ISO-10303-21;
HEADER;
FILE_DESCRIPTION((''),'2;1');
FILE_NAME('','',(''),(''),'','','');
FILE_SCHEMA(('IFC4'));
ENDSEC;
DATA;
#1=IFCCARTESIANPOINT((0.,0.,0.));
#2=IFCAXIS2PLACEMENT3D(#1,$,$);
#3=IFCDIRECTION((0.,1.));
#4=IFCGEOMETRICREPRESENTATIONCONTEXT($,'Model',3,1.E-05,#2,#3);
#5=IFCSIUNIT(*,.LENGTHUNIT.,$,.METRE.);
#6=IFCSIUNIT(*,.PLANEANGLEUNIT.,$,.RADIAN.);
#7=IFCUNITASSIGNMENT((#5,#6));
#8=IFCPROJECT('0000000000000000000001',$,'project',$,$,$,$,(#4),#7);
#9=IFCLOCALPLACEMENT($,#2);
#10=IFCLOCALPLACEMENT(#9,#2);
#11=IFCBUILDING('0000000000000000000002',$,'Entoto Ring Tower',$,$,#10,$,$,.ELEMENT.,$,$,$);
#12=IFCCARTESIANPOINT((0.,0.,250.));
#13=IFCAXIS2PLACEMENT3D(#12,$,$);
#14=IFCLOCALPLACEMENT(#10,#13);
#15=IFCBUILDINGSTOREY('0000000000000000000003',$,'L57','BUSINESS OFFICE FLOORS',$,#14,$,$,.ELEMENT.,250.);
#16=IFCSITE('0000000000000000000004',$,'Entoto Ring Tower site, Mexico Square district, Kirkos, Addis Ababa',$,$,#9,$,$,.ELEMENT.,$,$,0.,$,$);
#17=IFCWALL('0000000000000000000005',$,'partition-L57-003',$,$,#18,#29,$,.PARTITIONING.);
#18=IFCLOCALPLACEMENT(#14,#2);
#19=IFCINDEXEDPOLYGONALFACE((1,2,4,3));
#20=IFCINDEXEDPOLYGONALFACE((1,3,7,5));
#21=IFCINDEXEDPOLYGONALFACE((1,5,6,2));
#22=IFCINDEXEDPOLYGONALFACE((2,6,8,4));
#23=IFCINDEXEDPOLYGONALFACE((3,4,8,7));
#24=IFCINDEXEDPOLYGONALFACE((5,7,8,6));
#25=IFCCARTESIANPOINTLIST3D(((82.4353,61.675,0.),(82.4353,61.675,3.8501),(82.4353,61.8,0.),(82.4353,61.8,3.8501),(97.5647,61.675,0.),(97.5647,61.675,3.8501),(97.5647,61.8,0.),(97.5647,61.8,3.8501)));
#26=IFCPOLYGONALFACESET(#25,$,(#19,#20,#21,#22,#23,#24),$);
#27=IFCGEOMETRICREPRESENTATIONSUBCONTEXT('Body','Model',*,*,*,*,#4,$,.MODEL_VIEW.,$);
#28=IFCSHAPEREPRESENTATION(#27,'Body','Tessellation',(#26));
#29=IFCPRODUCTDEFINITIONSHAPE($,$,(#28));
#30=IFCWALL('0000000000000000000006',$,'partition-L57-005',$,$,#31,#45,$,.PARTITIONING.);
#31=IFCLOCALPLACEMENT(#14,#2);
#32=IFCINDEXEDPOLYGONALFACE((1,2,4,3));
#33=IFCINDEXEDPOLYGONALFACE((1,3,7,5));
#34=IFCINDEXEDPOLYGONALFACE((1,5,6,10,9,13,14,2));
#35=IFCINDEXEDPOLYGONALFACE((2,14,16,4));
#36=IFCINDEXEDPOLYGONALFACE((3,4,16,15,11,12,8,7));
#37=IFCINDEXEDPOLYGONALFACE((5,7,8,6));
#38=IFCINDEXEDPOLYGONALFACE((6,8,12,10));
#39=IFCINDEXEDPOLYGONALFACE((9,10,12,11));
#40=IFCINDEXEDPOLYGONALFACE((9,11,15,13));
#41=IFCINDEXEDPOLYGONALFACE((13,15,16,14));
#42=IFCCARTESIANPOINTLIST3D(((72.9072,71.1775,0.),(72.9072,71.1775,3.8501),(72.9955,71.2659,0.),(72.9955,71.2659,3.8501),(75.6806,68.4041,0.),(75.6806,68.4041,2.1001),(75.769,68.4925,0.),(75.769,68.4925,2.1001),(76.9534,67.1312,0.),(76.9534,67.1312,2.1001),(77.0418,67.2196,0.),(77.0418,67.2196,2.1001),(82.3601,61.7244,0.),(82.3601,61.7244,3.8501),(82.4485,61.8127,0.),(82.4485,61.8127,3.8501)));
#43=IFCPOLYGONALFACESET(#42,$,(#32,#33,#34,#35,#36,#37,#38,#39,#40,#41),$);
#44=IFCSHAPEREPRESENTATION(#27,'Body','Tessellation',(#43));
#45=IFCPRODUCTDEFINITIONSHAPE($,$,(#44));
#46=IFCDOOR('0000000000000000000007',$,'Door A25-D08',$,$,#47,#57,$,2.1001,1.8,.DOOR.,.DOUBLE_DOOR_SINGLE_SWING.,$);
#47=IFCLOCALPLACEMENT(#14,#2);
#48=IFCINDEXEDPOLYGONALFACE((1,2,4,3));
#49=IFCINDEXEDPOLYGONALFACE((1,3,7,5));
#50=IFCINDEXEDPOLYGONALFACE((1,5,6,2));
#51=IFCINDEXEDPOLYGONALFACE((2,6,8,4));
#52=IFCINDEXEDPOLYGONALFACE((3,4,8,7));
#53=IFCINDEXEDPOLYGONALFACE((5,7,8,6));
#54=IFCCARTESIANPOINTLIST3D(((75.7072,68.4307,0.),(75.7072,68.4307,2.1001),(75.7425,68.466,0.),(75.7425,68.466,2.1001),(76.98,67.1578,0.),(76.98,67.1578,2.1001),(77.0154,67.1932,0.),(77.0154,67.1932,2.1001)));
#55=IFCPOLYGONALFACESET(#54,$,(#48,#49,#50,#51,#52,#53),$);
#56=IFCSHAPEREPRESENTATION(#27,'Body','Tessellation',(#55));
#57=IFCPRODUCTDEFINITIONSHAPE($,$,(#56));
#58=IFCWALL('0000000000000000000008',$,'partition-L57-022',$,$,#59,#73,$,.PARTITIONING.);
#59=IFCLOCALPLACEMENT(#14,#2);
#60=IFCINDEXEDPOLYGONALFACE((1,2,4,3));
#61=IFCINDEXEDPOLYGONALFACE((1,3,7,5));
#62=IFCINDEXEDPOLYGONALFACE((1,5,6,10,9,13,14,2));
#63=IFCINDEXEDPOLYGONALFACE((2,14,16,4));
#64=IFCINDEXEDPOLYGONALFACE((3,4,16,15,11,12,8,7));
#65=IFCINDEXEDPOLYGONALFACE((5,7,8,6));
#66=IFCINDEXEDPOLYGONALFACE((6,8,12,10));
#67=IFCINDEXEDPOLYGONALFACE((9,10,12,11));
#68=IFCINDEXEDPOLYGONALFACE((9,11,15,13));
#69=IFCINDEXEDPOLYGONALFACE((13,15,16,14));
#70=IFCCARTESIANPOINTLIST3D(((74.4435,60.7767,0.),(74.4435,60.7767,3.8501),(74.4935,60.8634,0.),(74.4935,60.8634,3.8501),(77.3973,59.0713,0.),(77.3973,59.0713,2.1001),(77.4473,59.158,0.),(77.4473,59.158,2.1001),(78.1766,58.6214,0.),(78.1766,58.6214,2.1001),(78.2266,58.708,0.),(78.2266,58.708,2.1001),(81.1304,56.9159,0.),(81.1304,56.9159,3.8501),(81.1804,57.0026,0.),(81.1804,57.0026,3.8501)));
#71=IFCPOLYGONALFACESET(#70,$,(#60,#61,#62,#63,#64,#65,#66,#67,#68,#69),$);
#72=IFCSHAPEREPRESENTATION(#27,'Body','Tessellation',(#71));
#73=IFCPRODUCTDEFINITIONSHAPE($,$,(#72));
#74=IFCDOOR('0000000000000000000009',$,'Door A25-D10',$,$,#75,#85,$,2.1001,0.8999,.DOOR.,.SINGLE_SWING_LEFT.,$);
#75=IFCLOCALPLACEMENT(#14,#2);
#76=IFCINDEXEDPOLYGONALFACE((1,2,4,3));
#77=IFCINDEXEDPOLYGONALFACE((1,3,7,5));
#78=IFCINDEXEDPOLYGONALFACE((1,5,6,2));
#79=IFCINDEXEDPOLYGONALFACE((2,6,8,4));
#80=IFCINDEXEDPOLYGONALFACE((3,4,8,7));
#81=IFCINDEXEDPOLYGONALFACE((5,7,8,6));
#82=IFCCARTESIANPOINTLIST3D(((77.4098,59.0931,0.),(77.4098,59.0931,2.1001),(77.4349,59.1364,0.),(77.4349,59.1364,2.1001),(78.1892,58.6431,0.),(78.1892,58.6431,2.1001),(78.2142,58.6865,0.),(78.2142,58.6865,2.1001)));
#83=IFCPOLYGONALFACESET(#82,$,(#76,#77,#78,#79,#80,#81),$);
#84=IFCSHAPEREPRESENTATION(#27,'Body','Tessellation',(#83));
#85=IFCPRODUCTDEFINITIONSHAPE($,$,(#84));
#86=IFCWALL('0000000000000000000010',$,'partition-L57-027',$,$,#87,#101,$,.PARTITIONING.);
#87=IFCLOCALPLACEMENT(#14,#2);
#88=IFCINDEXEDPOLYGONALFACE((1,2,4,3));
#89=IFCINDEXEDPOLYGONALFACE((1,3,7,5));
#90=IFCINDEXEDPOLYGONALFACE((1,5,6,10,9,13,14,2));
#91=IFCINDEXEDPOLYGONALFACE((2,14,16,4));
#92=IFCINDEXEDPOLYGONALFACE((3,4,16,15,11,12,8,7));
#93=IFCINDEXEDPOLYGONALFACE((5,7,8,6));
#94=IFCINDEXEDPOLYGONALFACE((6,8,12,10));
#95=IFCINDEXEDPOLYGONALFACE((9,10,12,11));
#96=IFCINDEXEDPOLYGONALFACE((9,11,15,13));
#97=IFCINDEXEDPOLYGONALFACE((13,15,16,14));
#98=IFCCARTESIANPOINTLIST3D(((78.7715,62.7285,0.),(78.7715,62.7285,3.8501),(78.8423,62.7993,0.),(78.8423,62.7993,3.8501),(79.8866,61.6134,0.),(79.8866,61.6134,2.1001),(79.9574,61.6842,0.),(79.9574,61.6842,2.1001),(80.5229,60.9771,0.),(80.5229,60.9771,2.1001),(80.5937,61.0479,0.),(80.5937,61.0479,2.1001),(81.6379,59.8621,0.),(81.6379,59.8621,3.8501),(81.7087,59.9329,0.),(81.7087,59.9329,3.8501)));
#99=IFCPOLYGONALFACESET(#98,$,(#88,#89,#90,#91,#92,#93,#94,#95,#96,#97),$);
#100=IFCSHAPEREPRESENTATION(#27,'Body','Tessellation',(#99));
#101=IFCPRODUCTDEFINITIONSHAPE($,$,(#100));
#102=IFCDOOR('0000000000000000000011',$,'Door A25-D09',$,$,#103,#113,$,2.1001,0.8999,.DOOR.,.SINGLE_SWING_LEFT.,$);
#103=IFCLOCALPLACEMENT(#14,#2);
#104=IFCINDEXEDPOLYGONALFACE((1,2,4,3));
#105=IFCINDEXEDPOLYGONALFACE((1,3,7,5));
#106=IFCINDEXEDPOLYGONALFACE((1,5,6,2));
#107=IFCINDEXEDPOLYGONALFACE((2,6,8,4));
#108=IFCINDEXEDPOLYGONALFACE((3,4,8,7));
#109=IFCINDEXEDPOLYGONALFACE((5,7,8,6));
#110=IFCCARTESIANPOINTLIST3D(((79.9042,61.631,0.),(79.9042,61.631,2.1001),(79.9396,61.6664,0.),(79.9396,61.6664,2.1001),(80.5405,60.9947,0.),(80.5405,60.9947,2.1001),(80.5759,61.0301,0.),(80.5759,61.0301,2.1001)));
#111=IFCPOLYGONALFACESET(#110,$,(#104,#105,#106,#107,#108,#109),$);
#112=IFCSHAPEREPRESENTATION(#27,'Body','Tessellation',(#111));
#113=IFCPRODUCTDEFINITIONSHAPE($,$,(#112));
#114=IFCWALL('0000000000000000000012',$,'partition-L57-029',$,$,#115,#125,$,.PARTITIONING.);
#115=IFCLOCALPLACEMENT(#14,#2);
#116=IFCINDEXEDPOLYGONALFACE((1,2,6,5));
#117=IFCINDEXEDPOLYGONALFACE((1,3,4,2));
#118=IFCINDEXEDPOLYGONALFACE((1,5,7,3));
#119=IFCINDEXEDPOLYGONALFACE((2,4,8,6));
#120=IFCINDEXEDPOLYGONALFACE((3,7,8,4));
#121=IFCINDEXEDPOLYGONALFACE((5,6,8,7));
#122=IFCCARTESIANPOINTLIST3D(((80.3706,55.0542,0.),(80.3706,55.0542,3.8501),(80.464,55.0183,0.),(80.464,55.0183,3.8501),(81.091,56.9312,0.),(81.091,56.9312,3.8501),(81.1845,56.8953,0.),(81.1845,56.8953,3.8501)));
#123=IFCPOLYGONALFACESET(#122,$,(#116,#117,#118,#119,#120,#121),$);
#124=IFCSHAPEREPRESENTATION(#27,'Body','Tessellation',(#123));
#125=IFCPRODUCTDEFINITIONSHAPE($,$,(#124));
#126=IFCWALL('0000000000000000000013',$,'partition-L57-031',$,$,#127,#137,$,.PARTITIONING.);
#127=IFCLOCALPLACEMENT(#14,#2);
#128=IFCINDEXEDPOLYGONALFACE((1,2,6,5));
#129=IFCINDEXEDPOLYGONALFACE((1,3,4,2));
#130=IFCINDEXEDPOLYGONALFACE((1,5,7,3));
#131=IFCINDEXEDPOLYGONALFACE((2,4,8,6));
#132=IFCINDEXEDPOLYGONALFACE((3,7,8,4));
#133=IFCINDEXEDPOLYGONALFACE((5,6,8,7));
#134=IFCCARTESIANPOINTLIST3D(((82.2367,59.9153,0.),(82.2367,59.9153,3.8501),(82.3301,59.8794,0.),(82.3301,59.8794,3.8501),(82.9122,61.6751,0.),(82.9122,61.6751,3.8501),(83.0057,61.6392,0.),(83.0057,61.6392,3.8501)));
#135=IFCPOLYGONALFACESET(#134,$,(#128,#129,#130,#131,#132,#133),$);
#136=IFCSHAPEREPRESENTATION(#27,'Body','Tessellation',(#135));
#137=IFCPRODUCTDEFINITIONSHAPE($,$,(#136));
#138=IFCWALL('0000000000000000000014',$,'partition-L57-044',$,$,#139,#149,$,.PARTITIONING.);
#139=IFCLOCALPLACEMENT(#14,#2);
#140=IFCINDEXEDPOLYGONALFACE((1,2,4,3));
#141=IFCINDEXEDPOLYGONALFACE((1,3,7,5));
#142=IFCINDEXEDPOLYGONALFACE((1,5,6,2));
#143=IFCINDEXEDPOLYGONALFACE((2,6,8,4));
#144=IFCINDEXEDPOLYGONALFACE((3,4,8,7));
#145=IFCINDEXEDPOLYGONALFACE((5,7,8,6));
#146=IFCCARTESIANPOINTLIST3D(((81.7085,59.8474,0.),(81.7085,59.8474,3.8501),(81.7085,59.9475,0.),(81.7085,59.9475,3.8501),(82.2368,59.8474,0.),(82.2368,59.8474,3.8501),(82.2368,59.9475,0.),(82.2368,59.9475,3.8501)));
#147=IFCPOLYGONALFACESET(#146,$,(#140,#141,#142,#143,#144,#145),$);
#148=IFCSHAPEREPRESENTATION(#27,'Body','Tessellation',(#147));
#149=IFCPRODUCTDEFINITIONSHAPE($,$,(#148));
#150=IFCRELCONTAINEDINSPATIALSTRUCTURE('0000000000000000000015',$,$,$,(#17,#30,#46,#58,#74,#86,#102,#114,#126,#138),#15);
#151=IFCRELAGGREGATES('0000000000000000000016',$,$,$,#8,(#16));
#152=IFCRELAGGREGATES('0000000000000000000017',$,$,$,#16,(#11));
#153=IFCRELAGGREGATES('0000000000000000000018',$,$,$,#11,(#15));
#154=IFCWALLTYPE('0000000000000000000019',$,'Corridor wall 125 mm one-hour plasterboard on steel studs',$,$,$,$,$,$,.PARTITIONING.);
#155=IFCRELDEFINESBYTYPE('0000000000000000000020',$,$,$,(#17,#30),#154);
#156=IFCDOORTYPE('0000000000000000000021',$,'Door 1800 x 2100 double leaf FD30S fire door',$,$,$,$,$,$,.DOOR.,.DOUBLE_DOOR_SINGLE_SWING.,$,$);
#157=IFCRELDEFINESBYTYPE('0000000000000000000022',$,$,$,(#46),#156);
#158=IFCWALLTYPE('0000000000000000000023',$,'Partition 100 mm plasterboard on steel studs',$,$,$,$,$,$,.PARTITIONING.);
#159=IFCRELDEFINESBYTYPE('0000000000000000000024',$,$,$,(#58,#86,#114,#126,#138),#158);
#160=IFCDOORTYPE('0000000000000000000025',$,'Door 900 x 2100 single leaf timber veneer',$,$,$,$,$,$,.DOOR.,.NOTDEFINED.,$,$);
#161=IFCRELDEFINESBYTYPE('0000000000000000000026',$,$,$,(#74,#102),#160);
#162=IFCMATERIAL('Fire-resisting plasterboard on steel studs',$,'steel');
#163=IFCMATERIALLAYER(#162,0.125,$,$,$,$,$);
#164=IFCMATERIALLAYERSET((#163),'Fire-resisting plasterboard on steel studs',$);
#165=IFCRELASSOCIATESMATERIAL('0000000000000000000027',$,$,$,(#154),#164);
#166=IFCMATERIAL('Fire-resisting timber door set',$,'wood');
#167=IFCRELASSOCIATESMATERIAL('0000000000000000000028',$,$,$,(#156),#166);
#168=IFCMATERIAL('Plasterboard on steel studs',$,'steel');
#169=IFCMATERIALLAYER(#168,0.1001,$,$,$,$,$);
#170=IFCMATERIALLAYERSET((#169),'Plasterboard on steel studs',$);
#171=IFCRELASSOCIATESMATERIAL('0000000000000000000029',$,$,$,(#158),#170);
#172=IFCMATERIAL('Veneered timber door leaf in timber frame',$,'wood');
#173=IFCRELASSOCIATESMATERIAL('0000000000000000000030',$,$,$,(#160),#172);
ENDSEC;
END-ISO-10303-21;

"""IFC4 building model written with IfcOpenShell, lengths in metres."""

from ifc_helpers import new_model, si_unit, direction, frame, frame_2d, origin, place, context, subcontext, project, spatial, rectangle, extrude, material, layer, layer_set, type_object, element, fill, save


model = new_model("IFC4")

# Units and contexts
model_context = context("Model", 3, precision=1e-05, world=origin(), true_north=direction((0.0, 1.0)))
body_context = subcontext(model_context, "Body", "Model", "MODEL_VIEW")
ifc_project = project(units=[si_unit("LENGTHUNIT", "METRE"), si_unit("PLANEANGLEUNIT", "RADIAN")], contexts=[model_context])

# Site, building, storey
site_placement = place(None, origin())
site = spatial("IfcSite", under=ifc_project, at=site_placement, Name="Entoto Ring Tower site, Mexico Square district, Kirkos, Addis Ababa", CompositionType="ELEMENT", RefElevation=0.0)
building_placement = place(site_placement, origin())
building = spatial("IfcBuilding", under=site, at=building_placement, Name="Entoto Ring Tower", CompositionType="ELEMENT")
storey_placement = place(building_placement, frame((0.0, 0.0, 250.0)))
storey = spatial("IfcBuildingStorey", under=building, at=storey_placement, Name="L57", Description="BUSINESS OFFICE FLOORS", CompositionType="ELEMENT", Elevation=250.0)

# Wall
ifc_material_1 = material(Name="Fire-resisting plasterboard on steel studs", Category="steel")
ifc_layer_1 = layer(ifc_material_1, 0.125)
ifc_layer_set_1 = layer_set([ifc_layer_1], Name="Fire-resisting plasterboard on steel studs")
wall_type_1 = type_object("IfcWallType", Name="Corridor wall 125 mm one-hour plasterboard on steel studs", PredefinedType="PARTITIONING", material=ifc_layer_set_1)
wall_1_placement = place(storey_placement, frame((82.4353, 61.7375, 0.0), z_axis=(0.0, 0.0, 1.0), x_axis=(1.0, 0.0, 0.0)))
element("IfcWall", 1, at=wall_1_placement, inside=storey, type_object=wall_type_1, Name="partition-L57-003", PredefinedType="PARTITIONING", context=body_context, shape_type="SweptSolid", body=[
    extrude(rectangle(XDim=15.1294, YDim=0.125, at=frame_2d((7.5647, 0.0))), origin(), (0.0, 0.0, 1.0), 3.8501),
])

# Walls, openings, doors
wall_2_placement = place(storey_placement, frame((82.4043, 61.7686, 0.0), z_axis=(0.0, 0.0, 1.0), x_axis=(-0.707098, 0.707116, 0.0)))
wall_2 = element("IfcWall", 2, at=wall_2_placement, inside=storey, type_object=wall_type_1, Name="partition-L57-005", PredefinedType="PARTITIONING", context=body_context, shape_type="SweptSolid", body=[
    extrude(rectangle(XDim=13.3687, YDim=0.125, at=frame_2d((6.6843, 0.0))), origin(), (0.0, 0.0, 1.0), 3.8501),
])
opening_1_placement = place(wall_2_placement, frame((7.6465, 0.0, 0.0)))
opening_1 = element("IfcOpeningElement", 3, at=opening_1_placement, cuts=wall_2, PredefinedType="OPENING", context=body_context, shape_type="SweptSolid", body=[
    extrude(rectangle(XDim=1.8, YDim=2.1001, at=frame_2d((0.8999, 1.05))), frame((0.0, 0.0725, 0.0), z_axis=(0.0, -1.0, 0.0), x_axis=(1.0, 0.0, 0.0)), (0.0, 0.0, 1.0), 0.145),
])
ifc_material_2 = material(Name="Fire-resisting timber door set", Category="wood")
door_type_1 = type_object("IfcDoorType", Name="Door 1800 x 2100 double leaf FD30S fire door", OperationType="DOUBLE_DOOR_SINGLE_SWING", PredefinedType="DOOR", material=ifc_material_2)
door_1_placement = place(opening_1_placement, origin())
door_1 = element("IfcDoor", 4, at=door_1_placement, inside=storey, type_object=door_type_1, Name="Door A25-D08", OperationType="DOUBLE_DOOR_SINGLE_SWING", OverallHeight=2.1001, OverallWidth=1.8, PredefinedType="DOOR", context=body_context, shape_type="SweptSolid", body=[
    extrude(rectangle(XDim=1.8, YDim=2.1001, at=frame_2d((0.8999, 1.05))), frame((0.0, 0.0249, 0.0), z_axis=(0.0, -1.0, 0.0), x_axis=(1.0, 0.0, 0.0)), (0.0, 0.0, 1.0), 0.05),
])
fill(opening_1, door_1)
ifc_material_3 = material(Name="Plasterboard on steel studs", Category="steel")
ifc_layer_2 = layer(ifc_material_3, 0.1001)
ifc_layer_set_2 = layer_set([ifc_layer_2], Name="Plasterboard on steel studs")
wall_type_2 = type_object("IfcWallType", Name="Partition 100 mm plasterboard on steel studs", PredefinedType="PARTITIONING", material=ifc_layer_set_2)
wall_3_placement = place(storey_placement, frame((81.1555, 56.9592, 0.0), z_axis=(0.0, 0.0, 1.0), x_axis=(-0.86602, 0.500009, 0.0)))
wall_3 = element("IfcWall", 5, at=wall_3_placement, inside=storey, type_object=wall_type_2, Name="partition-L57-022", PredefinedType="PARTITIONING", context=body_context, shape_type="SweptSolid", body=[
    extrude(rectangle(XDim=7.7214, YDim=0.1001, at=frame_2d((3.8608, 0.0))), origin(), (0.0, 0.0, 1.0), 3.8501),
])
opening_2_placement = place(wall_3_placement, frame((3.4109, 0.0, 0.0)))
opening_2 = element("IfcOpeningElement", 6, at=opening_2_placement, cuts=wall_3, PredefinedType="OPENING", context=body_context, shape_type="SweptSolid", body=[
    extrude(rectangle(XDim=0.8999, YDim=2.1001, at=frame_2d((0.45, 1.05))), frame((0.0, 0.0601, 0.0), z_axis=(0.0, -1.0, 0.0), x_axis=(1.0, 0.0, 0.0)), (0.0, 0.0, 1.0), 0.1201),
])
ifc_material_4 = material(Name="Veneered timber door leaf in timber frame", Category="wood")
door_type_2 = type_object("IfcDoorType", Name="Door 900 x 2100 single leaf timber veneer", OperationType="NOTDEFINED", PredefinedType="DOOR", material=ifc_material_4)
door_2_placement = place(opening_2_placement, origin())
door_2 = element("IfcDoor", 7, at=door_2_placement, inside=storey, type_object=door_type_2, Name="Door A25-D10", OperationType="SINGLE_SWING_LEFT", OverallHeight=2.1001, OverallWidth=0.8999, PredefinedType="DOOR", context=body_context, shape_type="SweptSolid", body=[
    extrude(rectangle(XDim=0.8999, YDim=2.1001, at=frame_2d((0.45, 1.05))), frame((0.0, 0.0249, 0.0), z_axis=(0.0, -1.0, 0.0), x_axis=(1.0, 0.0, 0.0)), (0.0, 0.0, 1.0), 0.05),
])
fill(opening_2, door_2)
wall_4_placement = place(storey_placement, frame((81.6733, 59.8975, 0.0), z_axis=(0.0, 0.0, 1.0), x_axis=(-0.707107, 0.707107, 0.0)))
wall_4 = element("IfcWall", 8, at=wall_4_placement, inside=storey, type_object=wall_type_2, Name="partition-L57-027", PredefinedType="PARTITIONING", context=body_context, shape_type="SweptSolid", body=[
    extrude(rectangle(XDim=4.0537, YDim=0.1001, at=frame_2d((2.0269, 0.0))), origin(), (0.0, 0.0, 1.0), 3.8501),
])
opening_3_placement = place(wall_4_placement, frame((1.5769, 0.0, 0.0)))
opening_3 = element("IfcOpeningElement", 9, at=opening_3_placement, cuts=wall_4, PredefinedType="OPENING", context=body_context, shape_type="SweptSolid", body=[
    extrude(rectangle(XDim=0.8999, YDim=2.1001, at=frame_2d((0.45, 1.05))), frame((0.0, 0.0601, 0.0), z_axis=(0.0, -1.0, 0.0), x_axis=(1.0, 0.0, 0.0)), (0.0, 0.0, 1.0), 0.1201),
])
door_3_placement = place(opening_3_placement, frame((0.8999, 0.0, 0.0), z_axis=(0.0, 0.0, 1.0), x_axis=(-1.0, 0.0, 0.0)))
door_3 = element("IfcDoor", 10, at=door_3_placement, inside=storey, type_object=door_type_2, Name="Door A25-D09", OperationType="SINGLE_SWING_LEFT", OverallHeight=2.1001, OverallWidth=0.8999, PredefinedType="DOOR", context=body_context, shape_type="SweptSolid", body=[
    extrude(rectangle(XDim=0.8999, YDim=2.1001, at=frame_2d((0.45, 1.05))), frame((0.0, 0.0249, 0.0), z_axis=(0.0, -1.0, 0.0), x_axis=(1.0, 0.0, 0.0)), (0.0, 0.0, 1.0), 0.05),
])
fill(opening_3, door_3)

# Walls
wall_5_placement = place(storey_placement, frame((80.4172, 55.0361, 0.0), z_axis=(0.0, 0.0, 1.0), x_axis=(0.358352, 0.933586, 0.0)))
element("IfcWall", 11, at=wall_5_placement, inside=storey, type_object=wall_type_2, Name="partition-L57-029", PredefinedType="PARTITIONING", context=body_context, shape_type="SweptSolid", body=[
    extrude(rectangle(XDim=2.0105, YDim=0.1001, at=frame_2d((1.0054, 0.0))), origin(), (0.0, 0.0, 1.0), 3.8501),
])
wall_6_placement = place(storey_placement, frame((82.2834, 59.8975, 0.0), z_axis=(0.0, 0.0, 1.0), x_axis=(0.35838, 0.933576, 0.0)))
element("IfcWall", 12, at=wall_6_placement, inside=storey, type_object=wall_type_2, Name="partition-L57-031", PredefinedType="PARTITIONING", context=body_context, shape_type="SweptSolid", body=[
    extrude(rectangle(XDim=1.885, YDim=0.1001, at=frame_2d((0.9424, 0.0))), origin(), (0.0, 0.0, 1.0), 3.8501),
])
wall_7_placement = place(storey_placement, frame((81.7085, 59.8975, 0.0), z_axis=(0.0, 0.0, 1.0), x_axis=(1.0, 0.0, 0.0)))
element("IfcWall", 13, at=wall_7_placement, inside=storey, type_object=wall_type_2, Name="partition-L57-044", PredefinedType="PARTITIONING", context=body_context, shape_type="SweptSolid", body=[
    extrude(rectangle(XDim=0.5283, YDim=0.1001, at=frame_2d((0.2642, 0.0))), origin(), (0.0, 0.0, 1.0), 3.8501),
])

save(model, "model.ifc")
